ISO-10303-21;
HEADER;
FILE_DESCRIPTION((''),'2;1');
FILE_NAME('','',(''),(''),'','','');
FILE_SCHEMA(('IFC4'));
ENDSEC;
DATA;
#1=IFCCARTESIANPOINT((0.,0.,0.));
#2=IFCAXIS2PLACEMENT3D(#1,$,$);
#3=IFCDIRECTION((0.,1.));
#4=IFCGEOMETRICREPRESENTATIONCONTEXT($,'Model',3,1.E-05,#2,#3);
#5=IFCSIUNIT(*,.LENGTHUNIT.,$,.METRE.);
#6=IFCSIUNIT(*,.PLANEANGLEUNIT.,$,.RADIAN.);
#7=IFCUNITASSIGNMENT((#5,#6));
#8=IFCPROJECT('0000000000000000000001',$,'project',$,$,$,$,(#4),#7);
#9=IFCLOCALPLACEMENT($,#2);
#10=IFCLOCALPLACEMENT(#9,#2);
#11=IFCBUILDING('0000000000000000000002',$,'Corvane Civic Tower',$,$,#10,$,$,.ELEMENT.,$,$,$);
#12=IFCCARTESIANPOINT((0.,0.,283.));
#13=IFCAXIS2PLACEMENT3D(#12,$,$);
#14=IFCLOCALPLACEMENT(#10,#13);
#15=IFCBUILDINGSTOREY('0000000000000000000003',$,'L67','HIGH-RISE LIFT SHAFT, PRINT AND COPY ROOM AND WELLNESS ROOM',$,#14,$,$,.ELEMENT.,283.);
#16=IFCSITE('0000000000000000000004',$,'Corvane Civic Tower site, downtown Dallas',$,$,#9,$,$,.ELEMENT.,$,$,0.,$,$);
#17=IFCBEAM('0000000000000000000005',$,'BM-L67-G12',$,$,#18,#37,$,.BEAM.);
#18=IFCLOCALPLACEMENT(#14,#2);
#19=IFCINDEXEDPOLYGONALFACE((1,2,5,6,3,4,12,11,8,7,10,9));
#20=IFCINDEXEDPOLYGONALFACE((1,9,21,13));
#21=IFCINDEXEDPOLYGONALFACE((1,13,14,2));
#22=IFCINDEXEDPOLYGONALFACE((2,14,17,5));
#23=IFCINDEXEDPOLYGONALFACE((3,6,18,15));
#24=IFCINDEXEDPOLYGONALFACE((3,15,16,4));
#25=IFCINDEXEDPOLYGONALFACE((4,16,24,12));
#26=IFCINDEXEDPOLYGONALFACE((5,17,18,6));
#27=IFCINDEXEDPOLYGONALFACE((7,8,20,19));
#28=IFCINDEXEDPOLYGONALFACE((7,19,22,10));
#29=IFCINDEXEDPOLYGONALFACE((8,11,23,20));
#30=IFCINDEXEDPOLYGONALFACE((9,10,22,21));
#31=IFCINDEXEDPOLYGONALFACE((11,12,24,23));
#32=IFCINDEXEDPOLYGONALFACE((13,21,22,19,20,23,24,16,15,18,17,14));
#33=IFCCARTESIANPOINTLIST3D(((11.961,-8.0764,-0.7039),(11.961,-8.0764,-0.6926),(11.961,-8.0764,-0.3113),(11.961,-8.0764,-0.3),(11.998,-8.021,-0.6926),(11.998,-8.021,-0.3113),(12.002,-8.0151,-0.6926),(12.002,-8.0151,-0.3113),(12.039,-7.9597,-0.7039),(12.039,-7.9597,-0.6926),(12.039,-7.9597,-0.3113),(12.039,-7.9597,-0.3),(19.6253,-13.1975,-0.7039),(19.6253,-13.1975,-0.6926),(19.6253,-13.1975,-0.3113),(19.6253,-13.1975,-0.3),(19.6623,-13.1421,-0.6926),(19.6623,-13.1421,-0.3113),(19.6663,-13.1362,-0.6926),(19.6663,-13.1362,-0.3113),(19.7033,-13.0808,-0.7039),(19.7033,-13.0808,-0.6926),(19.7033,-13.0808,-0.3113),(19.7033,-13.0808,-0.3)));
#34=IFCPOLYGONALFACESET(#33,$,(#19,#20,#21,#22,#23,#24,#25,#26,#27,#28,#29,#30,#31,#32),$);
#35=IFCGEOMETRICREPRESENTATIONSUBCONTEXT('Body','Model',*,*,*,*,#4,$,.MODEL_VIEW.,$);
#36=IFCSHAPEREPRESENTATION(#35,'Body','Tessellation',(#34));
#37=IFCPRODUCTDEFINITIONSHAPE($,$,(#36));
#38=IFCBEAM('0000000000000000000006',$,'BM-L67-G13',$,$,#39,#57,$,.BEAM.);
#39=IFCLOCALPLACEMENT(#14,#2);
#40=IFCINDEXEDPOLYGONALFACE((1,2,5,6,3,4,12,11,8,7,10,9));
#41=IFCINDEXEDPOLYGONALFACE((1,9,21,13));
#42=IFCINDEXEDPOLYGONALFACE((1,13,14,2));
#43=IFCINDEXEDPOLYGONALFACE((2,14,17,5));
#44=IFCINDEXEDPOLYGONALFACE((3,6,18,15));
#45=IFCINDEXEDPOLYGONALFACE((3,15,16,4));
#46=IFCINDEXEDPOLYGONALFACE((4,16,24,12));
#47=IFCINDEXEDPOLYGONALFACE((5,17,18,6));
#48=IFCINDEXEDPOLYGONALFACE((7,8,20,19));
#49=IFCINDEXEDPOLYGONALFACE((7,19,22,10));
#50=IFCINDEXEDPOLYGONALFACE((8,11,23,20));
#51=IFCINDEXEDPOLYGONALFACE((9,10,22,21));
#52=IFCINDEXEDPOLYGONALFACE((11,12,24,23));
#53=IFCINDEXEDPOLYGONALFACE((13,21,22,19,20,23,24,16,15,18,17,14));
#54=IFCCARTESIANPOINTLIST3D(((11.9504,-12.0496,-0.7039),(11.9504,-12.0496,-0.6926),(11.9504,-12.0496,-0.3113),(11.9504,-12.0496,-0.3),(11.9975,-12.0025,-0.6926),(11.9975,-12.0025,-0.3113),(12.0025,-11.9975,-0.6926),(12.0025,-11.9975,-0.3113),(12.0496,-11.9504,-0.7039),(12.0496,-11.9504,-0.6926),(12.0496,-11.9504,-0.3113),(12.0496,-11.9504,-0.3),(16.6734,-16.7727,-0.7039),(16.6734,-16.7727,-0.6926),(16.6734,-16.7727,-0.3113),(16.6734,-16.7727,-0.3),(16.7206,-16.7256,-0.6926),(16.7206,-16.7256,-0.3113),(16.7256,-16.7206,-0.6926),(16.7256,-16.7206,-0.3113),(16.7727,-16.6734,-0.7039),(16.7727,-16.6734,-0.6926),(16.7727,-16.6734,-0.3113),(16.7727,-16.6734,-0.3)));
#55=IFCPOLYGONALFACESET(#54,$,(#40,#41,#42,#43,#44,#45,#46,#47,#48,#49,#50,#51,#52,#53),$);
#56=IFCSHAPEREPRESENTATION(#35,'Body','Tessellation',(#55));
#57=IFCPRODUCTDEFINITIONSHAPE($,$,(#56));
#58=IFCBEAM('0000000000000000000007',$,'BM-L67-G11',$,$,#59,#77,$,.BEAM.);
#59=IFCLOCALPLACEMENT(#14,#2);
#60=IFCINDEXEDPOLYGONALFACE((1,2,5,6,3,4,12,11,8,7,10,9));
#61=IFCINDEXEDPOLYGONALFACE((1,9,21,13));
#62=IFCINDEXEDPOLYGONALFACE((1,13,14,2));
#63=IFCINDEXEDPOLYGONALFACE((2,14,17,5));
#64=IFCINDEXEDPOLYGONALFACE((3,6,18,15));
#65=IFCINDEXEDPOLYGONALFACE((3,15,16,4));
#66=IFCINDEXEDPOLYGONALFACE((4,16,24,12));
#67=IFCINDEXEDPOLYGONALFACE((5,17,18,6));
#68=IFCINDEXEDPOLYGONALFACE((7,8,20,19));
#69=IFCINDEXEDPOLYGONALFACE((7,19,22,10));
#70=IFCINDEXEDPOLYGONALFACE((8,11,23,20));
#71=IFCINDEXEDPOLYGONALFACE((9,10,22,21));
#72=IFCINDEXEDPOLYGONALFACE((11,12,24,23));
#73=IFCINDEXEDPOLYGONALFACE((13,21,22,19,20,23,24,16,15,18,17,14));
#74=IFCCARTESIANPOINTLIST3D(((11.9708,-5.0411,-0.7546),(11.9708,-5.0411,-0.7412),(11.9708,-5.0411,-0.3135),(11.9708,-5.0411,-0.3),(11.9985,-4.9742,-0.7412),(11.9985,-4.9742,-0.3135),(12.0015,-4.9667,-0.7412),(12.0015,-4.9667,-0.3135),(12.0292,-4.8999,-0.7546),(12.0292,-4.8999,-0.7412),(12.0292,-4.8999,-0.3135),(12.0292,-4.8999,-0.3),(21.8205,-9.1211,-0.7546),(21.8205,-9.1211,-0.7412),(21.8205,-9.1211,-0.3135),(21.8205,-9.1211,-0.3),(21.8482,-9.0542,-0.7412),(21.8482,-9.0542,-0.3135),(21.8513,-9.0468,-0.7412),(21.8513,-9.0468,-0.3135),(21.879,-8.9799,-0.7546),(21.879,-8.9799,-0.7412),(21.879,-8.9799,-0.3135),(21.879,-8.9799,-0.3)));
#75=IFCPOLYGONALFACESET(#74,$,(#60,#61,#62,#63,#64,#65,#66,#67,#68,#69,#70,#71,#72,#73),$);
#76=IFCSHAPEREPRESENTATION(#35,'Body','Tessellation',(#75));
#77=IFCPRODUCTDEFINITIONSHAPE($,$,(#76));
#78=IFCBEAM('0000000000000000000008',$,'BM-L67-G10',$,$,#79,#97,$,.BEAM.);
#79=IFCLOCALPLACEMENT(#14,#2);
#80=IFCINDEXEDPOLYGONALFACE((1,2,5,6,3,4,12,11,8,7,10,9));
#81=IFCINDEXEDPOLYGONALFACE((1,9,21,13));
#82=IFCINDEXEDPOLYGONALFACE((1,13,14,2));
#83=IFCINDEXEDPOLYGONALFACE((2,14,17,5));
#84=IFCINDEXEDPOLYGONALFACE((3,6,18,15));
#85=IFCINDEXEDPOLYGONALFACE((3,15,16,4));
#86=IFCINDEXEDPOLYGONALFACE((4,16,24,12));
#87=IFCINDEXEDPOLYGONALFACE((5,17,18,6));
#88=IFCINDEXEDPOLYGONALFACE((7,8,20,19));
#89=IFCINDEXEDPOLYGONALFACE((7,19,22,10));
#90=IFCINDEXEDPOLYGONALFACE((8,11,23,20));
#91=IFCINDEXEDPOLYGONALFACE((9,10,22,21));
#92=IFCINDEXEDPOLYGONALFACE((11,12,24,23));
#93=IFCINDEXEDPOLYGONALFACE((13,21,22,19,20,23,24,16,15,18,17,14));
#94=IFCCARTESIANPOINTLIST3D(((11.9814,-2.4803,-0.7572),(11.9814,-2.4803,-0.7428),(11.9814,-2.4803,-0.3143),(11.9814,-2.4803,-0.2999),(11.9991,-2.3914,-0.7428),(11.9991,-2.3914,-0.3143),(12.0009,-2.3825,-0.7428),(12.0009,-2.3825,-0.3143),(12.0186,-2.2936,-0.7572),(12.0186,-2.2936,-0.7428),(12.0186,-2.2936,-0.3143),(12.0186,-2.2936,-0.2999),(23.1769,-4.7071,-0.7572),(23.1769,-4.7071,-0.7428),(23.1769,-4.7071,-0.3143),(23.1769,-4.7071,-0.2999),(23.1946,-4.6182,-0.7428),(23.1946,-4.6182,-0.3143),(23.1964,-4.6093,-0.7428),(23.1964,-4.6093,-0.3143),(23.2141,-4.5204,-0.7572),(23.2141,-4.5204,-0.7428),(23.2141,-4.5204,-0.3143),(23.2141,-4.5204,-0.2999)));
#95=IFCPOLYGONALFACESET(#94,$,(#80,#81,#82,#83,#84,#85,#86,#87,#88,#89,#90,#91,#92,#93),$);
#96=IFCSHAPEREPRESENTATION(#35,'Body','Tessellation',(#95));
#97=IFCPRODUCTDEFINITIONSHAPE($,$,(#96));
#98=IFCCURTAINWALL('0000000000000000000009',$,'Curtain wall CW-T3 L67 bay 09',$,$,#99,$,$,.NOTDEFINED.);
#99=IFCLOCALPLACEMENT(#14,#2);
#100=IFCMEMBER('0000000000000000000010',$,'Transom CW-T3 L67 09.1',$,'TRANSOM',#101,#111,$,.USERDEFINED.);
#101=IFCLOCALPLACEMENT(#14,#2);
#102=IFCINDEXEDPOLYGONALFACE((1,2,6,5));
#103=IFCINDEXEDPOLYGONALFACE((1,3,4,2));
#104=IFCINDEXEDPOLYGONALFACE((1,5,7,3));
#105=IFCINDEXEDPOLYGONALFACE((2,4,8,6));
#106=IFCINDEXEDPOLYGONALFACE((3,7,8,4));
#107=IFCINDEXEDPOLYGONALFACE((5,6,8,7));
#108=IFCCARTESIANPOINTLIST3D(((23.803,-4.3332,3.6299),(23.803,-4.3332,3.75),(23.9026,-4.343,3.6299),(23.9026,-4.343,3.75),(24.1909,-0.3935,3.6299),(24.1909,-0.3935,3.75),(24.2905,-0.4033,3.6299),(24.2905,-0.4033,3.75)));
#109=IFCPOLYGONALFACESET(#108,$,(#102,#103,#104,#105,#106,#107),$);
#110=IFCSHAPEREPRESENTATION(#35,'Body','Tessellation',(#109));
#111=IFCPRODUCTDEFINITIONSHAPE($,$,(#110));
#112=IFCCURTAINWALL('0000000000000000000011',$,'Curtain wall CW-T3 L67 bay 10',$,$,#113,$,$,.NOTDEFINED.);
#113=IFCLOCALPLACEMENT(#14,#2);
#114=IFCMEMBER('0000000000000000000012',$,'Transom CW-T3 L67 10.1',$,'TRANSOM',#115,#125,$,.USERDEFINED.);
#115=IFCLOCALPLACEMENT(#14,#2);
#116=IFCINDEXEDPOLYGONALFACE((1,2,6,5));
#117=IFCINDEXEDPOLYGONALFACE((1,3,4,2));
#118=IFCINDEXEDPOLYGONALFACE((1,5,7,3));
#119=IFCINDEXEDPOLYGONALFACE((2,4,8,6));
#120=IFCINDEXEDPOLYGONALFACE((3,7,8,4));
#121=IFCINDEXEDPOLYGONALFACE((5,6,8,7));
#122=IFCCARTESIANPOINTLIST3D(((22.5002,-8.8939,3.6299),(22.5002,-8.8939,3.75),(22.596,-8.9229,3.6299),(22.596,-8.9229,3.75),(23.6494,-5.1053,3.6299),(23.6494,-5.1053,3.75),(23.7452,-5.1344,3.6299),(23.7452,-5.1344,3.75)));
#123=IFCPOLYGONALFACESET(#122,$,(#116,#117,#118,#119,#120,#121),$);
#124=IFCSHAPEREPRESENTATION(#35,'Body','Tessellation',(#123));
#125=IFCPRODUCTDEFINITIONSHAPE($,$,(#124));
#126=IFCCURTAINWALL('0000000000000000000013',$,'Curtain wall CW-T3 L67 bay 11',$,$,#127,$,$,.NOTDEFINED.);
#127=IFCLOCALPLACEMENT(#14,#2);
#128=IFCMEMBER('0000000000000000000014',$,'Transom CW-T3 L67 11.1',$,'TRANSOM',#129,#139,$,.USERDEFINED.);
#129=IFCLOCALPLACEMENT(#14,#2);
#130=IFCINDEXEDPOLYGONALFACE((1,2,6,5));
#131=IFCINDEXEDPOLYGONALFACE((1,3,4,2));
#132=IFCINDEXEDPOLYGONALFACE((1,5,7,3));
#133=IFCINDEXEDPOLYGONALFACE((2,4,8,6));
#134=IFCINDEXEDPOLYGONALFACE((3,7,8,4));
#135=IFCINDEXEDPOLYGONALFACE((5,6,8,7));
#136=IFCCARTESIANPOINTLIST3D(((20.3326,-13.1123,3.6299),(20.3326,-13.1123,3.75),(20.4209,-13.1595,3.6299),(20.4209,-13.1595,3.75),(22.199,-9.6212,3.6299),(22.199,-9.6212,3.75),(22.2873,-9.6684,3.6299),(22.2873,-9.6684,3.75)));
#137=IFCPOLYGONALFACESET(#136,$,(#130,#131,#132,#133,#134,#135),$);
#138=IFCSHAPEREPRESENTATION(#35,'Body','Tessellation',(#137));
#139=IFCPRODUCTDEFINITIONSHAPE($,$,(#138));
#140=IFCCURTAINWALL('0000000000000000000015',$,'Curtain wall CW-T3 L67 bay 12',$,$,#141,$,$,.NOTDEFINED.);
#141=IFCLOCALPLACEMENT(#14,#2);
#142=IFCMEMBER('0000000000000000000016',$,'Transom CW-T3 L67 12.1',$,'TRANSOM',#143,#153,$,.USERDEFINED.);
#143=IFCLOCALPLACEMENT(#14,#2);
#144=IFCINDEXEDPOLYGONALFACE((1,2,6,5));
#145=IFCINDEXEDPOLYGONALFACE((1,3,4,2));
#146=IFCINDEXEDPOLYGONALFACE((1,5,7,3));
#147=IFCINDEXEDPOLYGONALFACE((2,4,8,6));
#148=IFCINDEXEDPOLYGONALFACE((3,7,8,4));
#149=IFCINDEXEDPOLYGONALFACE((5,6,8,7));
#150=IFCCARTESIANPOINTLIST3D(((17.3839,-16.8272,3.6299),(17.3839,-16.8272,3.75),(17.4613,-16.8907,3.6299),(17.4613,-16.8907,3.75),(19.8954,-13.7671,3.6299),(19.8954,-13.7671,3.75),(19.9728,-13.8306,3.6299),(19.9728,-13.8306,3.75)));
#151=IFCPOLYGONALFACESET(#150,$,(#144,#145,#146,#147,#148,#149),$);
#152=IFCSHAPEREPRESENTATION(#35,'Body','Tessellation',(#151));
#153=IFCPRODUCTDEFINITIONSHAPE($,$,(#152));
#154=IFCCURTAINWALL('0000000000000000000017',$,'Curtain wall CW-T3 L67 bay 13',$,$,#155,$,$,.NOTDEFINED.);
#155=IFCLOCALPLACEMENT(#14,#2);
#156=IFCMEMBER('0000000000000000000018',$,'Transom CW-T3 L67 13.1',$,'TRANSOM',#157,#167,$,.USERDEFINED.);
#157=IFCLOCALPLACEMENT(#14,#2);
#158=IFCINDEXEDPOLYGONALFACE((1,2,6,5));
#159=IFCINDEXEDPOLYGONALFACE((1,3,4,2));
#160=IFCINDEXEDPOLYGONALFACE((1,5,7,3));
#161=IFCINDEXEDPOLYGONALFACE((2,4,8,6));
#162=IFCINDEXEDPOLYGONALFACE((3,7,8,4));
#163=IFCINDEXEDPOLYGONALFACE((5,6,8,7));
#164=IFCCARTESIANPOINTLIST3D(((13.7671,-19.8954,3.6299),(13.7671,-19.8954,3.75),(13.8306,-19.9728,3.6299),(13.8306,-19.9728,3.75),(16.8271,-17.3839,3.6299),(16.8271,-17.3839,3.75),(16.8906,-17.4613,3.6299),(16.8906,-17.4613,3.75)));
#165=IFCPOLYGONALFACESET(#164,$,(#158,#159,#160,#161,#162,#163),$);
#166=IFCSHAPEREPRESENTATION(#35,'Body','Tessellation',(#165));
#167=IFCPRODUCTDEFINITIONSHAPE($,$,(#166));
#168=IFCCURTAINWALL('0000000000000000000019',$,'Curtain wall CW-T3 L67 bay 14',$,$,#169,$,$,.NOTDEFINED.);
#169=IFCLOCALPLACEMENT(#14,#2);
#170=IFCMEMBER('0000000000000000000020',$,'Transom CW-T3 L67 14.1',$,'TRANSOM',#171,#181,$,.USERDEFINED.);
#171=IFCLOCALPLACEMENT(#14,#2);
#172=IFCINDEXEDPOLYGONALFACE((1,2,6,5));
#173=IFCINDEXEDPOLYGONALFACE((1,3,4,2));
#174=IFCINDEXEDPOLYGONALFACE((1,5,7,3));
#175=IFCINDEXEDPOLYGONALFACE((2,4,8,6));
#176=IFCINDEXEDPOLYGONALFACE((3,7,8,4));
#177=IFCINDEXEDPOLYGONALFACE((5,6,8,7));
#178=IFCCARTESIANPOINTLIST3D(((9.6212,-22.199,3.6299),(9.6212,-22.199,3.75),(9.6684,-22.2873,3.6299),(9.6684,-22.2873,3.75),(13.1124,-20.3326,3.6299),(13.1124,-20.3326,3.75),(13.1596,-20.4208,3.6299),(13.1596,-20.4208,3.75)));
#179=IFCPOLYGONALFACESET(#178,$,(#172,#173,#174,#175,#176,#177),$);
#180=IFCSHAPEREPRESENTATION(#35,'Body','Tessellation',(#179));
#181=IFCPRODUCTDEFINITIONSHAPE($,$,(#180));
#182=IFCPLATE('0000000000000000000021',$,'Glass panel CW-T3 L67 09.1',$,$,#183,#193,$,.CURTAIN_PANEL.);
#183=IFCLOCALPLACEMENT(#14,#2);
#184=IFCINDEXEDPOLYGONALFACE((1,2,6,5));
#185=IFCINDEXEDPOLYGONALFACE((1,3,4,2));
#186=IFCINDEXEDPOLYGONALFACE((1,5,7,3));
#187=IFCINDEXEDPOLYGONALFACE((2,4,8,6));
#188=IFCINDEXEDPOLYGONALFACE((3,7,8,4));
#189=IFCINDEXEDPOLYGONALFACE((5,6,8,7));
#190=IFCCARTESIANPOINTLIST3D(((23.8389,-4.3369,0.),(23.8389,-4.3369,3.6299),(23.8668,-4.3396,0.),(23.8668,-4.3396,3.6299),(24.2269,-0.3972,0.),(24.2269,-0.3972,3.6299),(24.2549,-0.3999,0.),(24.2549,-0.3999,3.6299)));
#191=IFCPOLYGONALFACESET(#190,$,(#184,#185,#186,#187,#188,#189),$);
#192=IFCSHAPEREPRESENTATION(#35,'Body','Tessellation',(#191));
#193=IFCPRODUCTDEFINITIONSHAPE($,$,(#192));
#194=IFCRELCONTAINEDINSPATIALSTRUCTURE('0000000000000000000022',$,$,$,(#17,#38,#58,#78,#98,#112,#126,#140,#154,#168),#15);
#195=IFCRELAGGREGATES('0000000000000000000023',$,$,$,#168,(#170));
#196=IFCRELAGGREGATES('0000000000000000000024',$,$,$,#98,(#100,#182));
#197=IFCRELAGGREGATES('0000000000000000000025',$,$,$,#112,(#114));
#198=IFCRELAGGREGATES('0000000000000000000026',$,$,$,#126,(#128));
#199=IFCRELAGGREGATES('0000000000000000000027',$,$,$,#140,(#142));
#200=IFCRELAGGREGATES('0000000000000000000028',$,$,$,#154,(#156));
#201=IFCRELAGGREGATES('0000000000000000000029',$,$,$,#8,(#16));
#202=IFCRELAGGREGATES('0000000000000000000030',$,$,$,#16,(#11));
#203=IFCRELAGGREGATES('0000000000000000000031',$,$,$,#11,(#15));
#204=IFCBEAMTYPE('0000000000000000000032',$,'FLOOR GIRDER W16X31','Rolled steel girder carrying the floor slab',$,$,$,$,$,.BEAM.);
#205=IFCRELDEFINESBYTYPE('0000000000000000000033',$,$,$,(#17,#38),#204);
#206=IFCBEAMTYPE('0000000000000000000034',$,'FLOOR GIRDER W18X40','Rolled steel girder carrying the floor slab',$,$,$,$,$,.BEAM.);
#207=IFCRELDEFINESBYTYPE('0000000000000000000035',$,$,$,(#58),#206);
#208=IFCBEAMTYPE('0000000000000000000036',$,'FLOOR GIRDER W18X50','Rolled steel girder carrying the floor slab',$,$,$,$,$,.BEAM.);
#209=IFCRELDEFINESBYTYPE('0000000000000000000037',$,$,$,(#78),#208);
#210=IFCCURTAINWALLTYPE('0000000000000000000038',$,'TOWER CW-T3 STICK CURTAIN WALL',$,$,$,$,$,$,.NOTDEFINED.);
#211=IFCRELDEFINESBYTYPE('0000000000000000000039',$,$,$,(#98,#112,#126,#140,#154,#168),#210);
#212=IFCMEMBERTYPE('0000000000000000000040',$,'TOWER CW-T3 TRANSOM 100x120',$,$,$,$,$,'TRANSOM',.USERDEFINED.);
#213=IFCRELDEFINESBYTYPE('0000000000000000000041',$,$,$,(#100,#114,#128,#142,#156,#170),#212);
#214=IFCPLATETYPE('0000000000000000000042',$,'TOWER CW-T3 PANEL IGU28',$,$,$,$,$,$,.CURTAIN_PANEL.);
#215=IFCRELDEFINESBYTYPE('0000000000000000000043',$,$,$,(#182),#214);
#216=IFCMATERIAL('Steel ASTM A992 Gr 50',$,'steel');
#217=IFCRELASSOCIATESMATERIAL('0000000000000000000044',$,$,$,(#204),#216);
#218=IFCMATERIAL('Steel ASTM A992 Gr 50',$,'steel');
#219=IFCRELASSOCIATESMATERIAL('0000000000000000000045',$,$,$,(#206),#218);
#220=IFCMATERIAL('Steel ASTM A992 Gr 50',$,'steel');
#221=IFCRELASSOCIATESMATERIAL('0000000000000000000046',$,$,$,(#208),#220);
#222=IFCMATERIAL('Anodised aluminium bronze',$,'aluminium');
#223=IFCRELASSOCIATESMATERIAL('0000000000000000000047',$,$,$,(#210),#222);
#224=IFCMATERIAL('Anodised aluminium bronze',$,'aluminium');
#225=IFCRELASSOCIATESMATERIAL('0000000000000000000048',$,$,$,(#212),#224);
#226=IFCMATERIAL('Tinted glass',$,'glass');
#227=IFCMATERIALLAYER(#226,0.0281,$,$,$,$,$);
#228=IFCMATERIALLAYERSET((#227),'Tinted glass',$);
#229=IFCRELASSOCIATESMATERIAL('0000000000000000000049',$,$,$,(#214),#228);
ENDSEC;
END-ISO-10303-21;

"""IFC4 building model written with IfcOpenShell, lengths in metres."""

from ifc_helpers import new_model, si_unit, direction, frame, origin, origin_2d, place, context, subcontext, project, spatial, rectangle, i_section, extrude, material, layer, layer_set, material_profile, profile_set, type_object, element, aggregate, save


model = new_model("IFC4")

# Units and contexts
model_context = context("Model", 3, precision=1e-05, world=origin(), true_north=direction((0.0, 1.0)))
body_context = subcontext(model_context, "Body", "Model", "MODEL_VIEW")
ifc_project = project(units=[si_unit("LENGTHUNIT", "METRE"), si_unit("PLANEANGLEUNIT", "RADIAN")], contexts=[model_context])

# Site, building, storey
site_placement = place(None, origin())
site = spatial("IfcSite", under=ifc_project, at=site_placement, Name="Corvane Civic Tower site, downtown Dallas", CompositionType="ELEMENT", RefElevation=0.0)
building_placement = place(site_placement, origin())
building = spatial("IfcBuilding", under=site, at=building_placement, Name="Corvane Civic Tower", CompositionType="ELEMENT")
storey_placement = place(building_placement, frame((0.0, 0.0, 283.0)))
storey = spatial("IfcBuildingStorey", under=building, at=storey_placement, Name="L67", Description="HIGH-RISE LIFT SHAFT, PRINT AND COPY ROOM AND WELLNESS ROOM", CompositionType="ELEMENT", Elevation=283.0)

# Beams
ifc_material_1 = material(Name="Steel ASTM A992 Gr 50", Category="steel")
ifc_material_profile_1 = material_profile(ifc_material_1, i_section(OverallWidth=0.1404, OverallDepth=0.4038, WebThickness=0.0071, FlangeThickness=0.0112, at=origin_2d()), Name="W16X31")
ifc_profile_set_1 = profile_set([ifc_material_profile_1], Name="Steel ASTM A992 Gr 50")
beam_type_1 = type_object("IfcBeamType", Name="FLOOR GIRDER W16X31", Description="Rolled steel girder carrying the floor slab", PredefinedType="BEAM", material=ifc_profile_set_1)
beam_1_placement = place(storey_placement, frame((12.0, -8.0181, -0.502), z_axis=(0.831471, -0.555568, 0.0), x_axis=(0.555568, 0.831471, 0.0)))
element("IfcBeam", 1, at=beam_1_placement, inside=storey, type_object=beam_type_1, Name="BM-L67-G12", PredefinedType="BEAM", context=body_context, shape_type="SweptSolid", body=[
    extrude(i_section(OverallWidth=0.1404, OverallDepth=0.4038, WebThickness=0.0071, FlangeThickness=0.0112, at=origin_2d()), origin(), (0.0, 0.0, 1.0), 9.2178),
])
beam_2_placement = place(storey_placement, frame((12.0, -12.0, -0.502), z_axis=(0.707107, -0.707107, 0.0), x_axis=(0.707107, 0.707107, 0.0)))
element("IfcBeam", 2, at=beam_2_placement, inside=storey, type_object=beam_type_1, Name="BM-L67-G13", PredefinedType="BEAM", context=body_context, shape_type="SweptSolid", body=[
    extrude(i_section(OverallWidth=0.1404, OverallDepth=0.4038, WebThickness=0.0071, FlangeThickness=0.0112, at=origin_2d()), origin(), (0.0, 0.0, 1.0), 6.6794),
])
ifc_material_2 = material(Name="Steel ASTM A992 Gr 50", Category="steel")
ifc_material_profile_2 = material_profile(ifc_material_2, i_section(OverallWidth=0.1528, OverallDepth=0.4546, WebThickness=0.0081, FlangeThickness=0.0134, at=origin_2d()), Name="W18X40")
ifc_profile_set_2 = profile_set([ifc_material_profile_2], Name="Steel ASTM A992 Gr 50")
beam_type_2 = type_object("IfcBeamType", Name="FLOOR GIRDER W18X40", Description="Rolled steel girder carrying the floor slab", PredefinedType="BEAM", material=ifc_profile_set_2)
beam_3_placement = place(storey_placement, frame((12.0, -4.9705, -0.5273), z_axis=(0.923875, -0.382694, 0.0), x_axis=(0.382694, 0.923875, 0.0)))
element("IfcBeam", 3, at=beam_3_placement, inside=storey, type_object=beam_type_2, Name="BM-L67-G11", PredefinedType="BEAM", context=body_context, shape_type="SweptSolid", body=[
    extrude(i_section(OverallWidth=0.1528, OverallDepth=0.4546, WebThickness=0.0081, FlangeThickness=0.0134, at=origin_2d()), origin(), (0.0, 0.0, 1.0), 10.6614),
])
ifc_material_3 = material(Name="Steel ASTM A992 Gr 50", Category="steel")
ifc_material_profile_3 = material_profile(ifc_material_3, i_section(OverallWidth=0.1904, OverallDepth=0.4573, WebThickness=0.009, FlangeThickness=0.0144, at=origin_2d()), Name="W18X50")
ifc_profile_set_3 = profile_set([ifc_material_profile_3], Name="Steel ASTM A992 Gr 50")
beam_type_3 = type_object("IfcBeamType", Name="FLOOR GIRDER W18X50", Description="Rolled steel girder carrying the floor slab", PredefinedType="BEAM", material=ifc_profile_set_3)
beam_4_placement = place(storey_placement, frame((12.0, -2.387, -0.5286), z_axis=(0.980787, -0.19508, 0.0), x_axis=(0.19508, 0.980787, 0.0)))
element("IfcBeam", 4, at=beam_4_placement, inside=storey, type_object=beam_type_3, Name="BM-L67-G10", PredefinedType="BEAM", context=body_context, shape_type="SweptSolid", body=[
    extrude(i_section(OverallWidth=0.1904, OverallDepth=0.4573, WebThickness=0.009, FlangeThickness=0.0144, at=origin_2d()), origin(), (0.0, 0.0, 1.0), 11.4148),
])

# Curtain walls, members
ifc_material_4 = material(Name="Anodised aluminium bronze", Category="aluminium")
curtain_wall_type = type_object("IfcCurtainWallType", Name="TOWER CW-T3 STICK CURTAIN WALL", PredefinedType="NOTDEFINED", material=ifc_material_4)
curtain_wall_1_placement = place(storey_placement, origin())
curtain_wall_1 = element("IfcCurtainWall", 5, at=curtain_wall_1_placement, inside=storey, type_object=curtain_wall_type, Name="Curtain wall CW-T3 L67 bay 09", PredefinedType="NOTDEFINED")
ifc_material_5 = material(Name="Anodised aluminium bronze", Category="aluminium")
ifc_material_profile_4 = material_profile(ifc_material_5, rectangle(XDim=0.1001, YDim=0.1201, at=origin_2d()), Name="TOWER CW-T3 TRANSOM 100x120")
ifc_profile_set_4 = profile_set([ifc_material_profile_4], Name="Anodised aluminium bronze")
member_type = type_object("IfcMemberType", Name="TOWER CW-T3 TRANSOM 100x120", ElementType="TRANSOM", PredefinedType="USERDEFINED", material=ifc_profile_set_4)
member_1_placement = place(storey_placement, frame((24.2407, -0.3984, 3.6899), z_axis=(-0.097995, -0.995187, 0.0), x_axis=(0.995187, -0.097995, 0.0)))
member_1 = element("IfcMember", 6, at=member_1_placement, type_object=member_type, Name="Transom CW-T3 L67 09.1", ObjectType="TRANSOM", PredefinedType="USERDEFINED", context=body_context, shape_type="SweptSolid", body=[
    extrude(rectangle(XDim=0.1001, YDim=0.1201, at=origin_2d()), origin(), (0.0, 0.0, 1.0), 3.9587),
])
curtain_wall_2_placement = place(storey_placement, origin())
curtain_wall_2 = element("IfcCurtainWall", 7, at=curtain_wall_2_placement, inside=storey, type_object=curtain_wall_type, Name="Curtain wall CW-T3 L67 bay 10", PredefinedType="NOTDEFINED")
member_2_placement = place(storey_placement, frame((23.6973, -5.1199, 3.6899), z_axis=(-0.290266, -0.956946, 0.0), x_axis=(0.956946, -0.290266, 0.0)))
member_2 = element("IfcMember", 8, at=member_2_placement, type_object=member_type, Name="Transom CW-T3 L67 10.1", ObjectType="TRANSOM", PredefinedType="USERDEFINED", context=body_context, shape_type="SweptSolid", body=[
    extrude(rectangle(XDim=0.1001, YDim=0.1201, at=origin_2d()), origin(), (0.0, 0.0, 1.0), 3.959),
])
curtain_wall_3_placement = place(storey_placement, origin())
curtain_wall_3 = element("IfcCurtainWall", 9, at=curtain_wall_3_placement, inside=storey, type_object=curtain_wall_type, Name="Curtain wall CW-T3 L67 bay 11", PredefinedType="NOTDEFINED")
member_3_placement = place(storey_placement, frame((22.2432, -9.6448, 3.6899), z_axis=(-0.471468, -0.881883, 0.0), x_axis=(0.881883, -0.471468, 0.0)))
member_3 = element("IfcMember", 10, at=member_3_placement, type_object=member_type, Name="Transom CW-T3 L67 11.1", ObjectType="TRANSOM", PredefinedType="USERDEFINED", context=body_context, shape_type="SweptSolid", body=[
    extrude(rectangle(XDim=0.1001, YDim=0.1201, at=origin_2d()), origin(), (0.0, 0.0, 1.0), 3.9587),
])
curtain_wall_4_placement = place(storey_placement, origin())
curtain_wall_4 = element("IfcCurtainWall", 11, at=curtain_wall_4_placement, inside=storey, type_object=curtain_wall_type, Name="Curtain wall CW-T3 L67 bay 12", PredefinedType="NOTDEFINED")
member_4_placement = place(storey_placement, frame((19.9341, -13.7988, 3.6899), z_axis=(-0.634416, -0.772992, 0.0), x_axis=(0.772992, -0.634416, 0.0)))
member_4 = element("IfcMember", 12, at=member_4_placement, type_object=member_type, Name="Transom CW-T3 L67 12.1", ObjectType="TRANSOM", PredefinedType="USERDEFINED", context=body_context, shape_type="SweptSolid", body=[
    extrude(rectangle(XDim=0.1001, YDim=0.1201, at=origin_2d()), origin(), (0.0, 0.0, 1.0), 3.9587),
])
curtain_wall_5_placement = place(storey_placement, origin())
curtain_wall_5 = element("IfcCurtainWall", 13, at=curtain_wall_5_placement, inside=storey, type_object=curtain_wall_type, Name="Curtain wall CW-T3 L67 bay 13", PredefinedType="NOTDEFINED")
member_5_placement = place(storey_placement, frame((16.8589, -17.4226, 3.6899), z_axis=(-0.772992, -0.634416, 0.0), x_axis=(0.634416, -0.772992, 0.0)))
member_5 = element("IfcMember", 14, at=member_5_placement, type_object=member_type, Name="Transom CW-T3 L67 13.1", ObjectType="TRANSOM", PredefinedType="USERDEFINED", context=body_context, shape_type="SweptSolid", body=[
    extrude(rectangle(XDim=0.1001, YDim=0.1201, at=origin_2d()), origin(), (0.0, 0.0, 1.0), 3.9587),
])
curtain_wall_6_placement = place(storey_placement, origin())
curtain_wall_6 = element("IfcCurtainWall", 15, at=curtain_wall_6_placement, inside=storey, type_object=curtain_wall_type, Name="Curtain wall CW-T3 L67 bay 14", PredefinedType="NOTDEFINED")
member_6_placement = place(storey_placement, frame((13.136, -20.3767, 3.6899), z_axis=(-0.881883, -0.471468, 0.0), x_axis=(0.471468, -0.881883, 0.0)))
member_6 = element("IfcMember", 16, at=member_6_placement, type_object=member_type, Name="Transom CW-T3 L67 14.1", ObjectType="TRANSOM", PredefinedType="USERDEFINED", context=body_context, shape_type="SweptSolid", body=[
    extrude(rectangle(XDim=0.1001, YDim=0.1201, at=origin_2d()), origin(), (0.0, 0.0, 1.0), 3.9587),
])
aggregate(curtain_wall_6, [member_6])

# Plate
ifc_material_6 = material(Name="Tinted glass", Category="glass")
ifc_layer_1 = layer(ifc_material_6, 0.0281)
ifc_layer_set_1 = layer_set([ifc_layer_1], Name="Tinted glass")
plate_type = type_object("IfcPlateType", Name="TOWER CW-T3 PANEL IGU28", PredefinedType="CURTAIN_PANEL", material=ifc_layer_set_1)
plate_1_placement = place(storey_placement, frame((24.0469, -2.3684, 0.0), z_axis=(0.0, 0.0, 1.0), x_axis=(-0.098021, -0.995184, 0.0)))
plate_1 = element("IfcPlate", 17, at=plate_1_placement, type_object=plate_type, Name="Glass panel CW-T3 L67 09.1", PredefinedType="CURTAIN_PANEL", context=body_context, shape_type="SweptSolid", body=[
    extrude(rectangle(XDim=3.9587, YDim=0.0281, at=origin_2d()), origin(), (0.0, 0.0, 1.0), 3.6299),
])
aggregate(curtain_wall_1, [member_1, plate_1])
aggregate(curtain_wall_2, [member_2])
aggregate(curtain_wall_3, [member_3])
aggregate(curtain_wall_4, [member_4])
aggregate(curtain_wall_5, [member_5])

save(model, "model.ifc")
